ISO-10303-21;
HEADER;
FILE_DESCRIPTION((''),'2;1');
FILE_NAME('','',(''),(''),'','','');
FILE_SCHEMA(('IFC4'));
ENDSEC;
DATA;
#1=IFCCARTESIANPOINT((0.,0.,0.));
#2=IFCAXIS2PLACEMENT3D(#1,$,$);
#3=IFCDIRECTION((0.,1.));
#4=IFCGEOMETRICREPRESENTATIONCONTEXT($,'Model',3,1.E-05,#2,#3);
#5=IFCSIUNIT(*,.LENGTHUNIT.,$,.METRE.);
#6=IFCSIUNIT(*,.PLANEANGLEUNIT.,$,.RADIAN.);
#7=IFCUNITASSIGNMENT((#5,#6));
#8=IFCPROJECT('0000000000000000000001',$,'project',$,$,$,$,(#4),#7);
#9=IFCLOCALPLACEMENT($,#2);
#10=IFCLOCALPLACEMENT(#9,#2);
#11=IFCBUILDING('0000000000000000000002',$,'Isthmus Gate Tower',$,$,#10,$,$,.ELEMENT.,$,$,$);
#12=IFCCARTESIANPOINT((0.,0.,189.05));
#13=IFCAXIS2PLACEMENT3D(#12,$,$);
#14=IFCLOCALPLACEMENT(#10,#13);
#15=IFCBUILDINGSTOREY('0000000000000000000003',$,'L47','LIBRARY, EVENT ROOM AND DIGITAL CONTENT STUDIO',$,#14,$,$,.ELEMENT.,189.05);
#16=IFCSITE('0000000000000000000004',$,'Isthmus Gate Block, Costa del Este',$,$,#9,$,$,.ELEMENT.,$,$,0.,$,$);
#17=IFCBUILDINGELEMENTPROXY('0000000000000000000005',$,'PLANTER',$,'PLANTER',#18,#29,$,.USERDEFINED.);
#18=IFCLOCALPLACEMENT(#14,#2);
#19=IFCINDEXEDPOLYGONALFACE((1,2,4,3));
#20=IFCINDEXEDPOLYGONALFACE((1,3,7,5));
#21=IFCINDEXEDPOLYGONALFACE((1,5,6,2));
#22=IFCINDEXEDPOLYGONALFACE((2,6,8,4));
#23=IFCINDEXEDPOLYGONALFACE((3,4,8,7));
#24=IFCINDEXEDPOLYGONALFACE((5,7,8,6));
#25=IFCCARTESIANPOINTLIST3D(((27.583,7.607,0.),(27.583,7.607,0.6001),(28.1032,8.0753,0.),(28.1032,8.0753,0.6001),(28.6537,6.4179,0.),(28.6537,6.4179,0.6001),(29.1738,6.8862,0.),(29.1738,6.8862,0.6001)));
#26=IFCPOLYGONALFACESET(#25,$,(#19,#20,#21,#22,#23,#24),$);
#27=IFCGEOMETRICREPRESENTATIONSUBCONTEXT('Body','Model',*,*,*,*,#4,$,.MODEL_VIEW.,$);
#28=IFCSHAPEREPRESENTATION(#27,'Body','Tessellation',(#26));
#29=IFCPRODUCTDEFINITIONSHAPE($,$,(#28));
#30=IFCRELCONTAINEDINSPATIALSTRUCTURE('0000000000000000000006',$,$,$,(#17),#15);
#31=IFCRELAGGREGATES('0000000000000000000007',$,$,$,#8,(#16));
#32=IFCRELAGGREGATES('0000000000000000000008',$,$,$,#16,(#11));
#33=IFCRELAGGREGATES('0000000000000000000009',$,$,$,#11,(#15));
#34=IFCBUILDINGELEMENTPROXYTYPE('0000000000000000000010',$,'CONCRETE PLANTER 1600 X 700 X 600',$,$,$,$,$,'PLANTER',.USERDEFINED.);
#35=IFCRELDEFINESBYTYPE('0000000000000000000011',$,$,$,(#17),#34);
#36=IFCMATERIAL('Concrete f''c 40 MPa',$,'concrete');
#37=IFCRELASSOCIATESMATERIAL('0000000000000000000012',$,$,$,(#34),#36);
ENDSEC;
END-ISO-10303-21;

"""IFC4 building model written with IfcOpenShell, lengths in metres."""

from ifc_helpers import new_model, si_unit, direction, frame, origin, origin_2d, place, context, subcontext, project, spatial, rectangle, extrude, material, type_object, element, save


model = new_model("IFC4")

# Units and contexts
model_context = context("Model", 3, precision=1e-05, world=origin(), true_north=direction((0.0, 1.0)))
body_context = subcontext(model_context, "Body", "Model", "MODEL_VIEW")
ifc_project = project(units=[si_unit("LENGTHUNIT", "METRE"), si_unit("PLANEANGLEUNIT", "RADIAN")], contexts=[model_context])

# Site, building, storey
site_placement = place(None, origin())
site = spatial("IfcSite", under=ifc_project, at=site_placement, Name="Isthmus Gate Block, Costa del Este", CompositionType="ELEMENT", RefElevation=0.0)
building_placement = place(site_placement, origin())
building = spatial("IfcBuilding", under=site, at=building_placement, Name="Isthmus Gate Tower", CompositionType="ELEMENT")
storey_placement = place(building_placement, frame((0.0, 0.0, 189.05)))
storey = spatial("IfcBuildingStorey", under=building, at=storey_placement, Name="L47", Description="LIBRARY, EVENT ROOM AND DIGITAL CONTENT STUDIO", CompositionType="ELEMENT", Elevation=189.05)

# Building element proxy
ifc_material_1 = material(Name="Concrete f'c 40 MPa", Category="concrete")
building_element_proxy_type = type_object("IfcBuildingElementProxyType", Name="CONCRETE PLANTER 1600 X 700 X 600", ElementType="PLANTER", PredefinedType="USERDEFINED", material=ifc_material_1)
for number, where, z_axis, x_axis, name in (
    (1, (28.3784, 7.2466, 0.0), (0.0, 0.0, 1.0), (-0.669131, 0.743145, 0.0), "PLANTER"),
):
    element("IfcBuildingElementProxy", number, at=place(storey_placement, frame(where, z_axis=z_axis, x_axis=x_axis)), inside=storey, type_object=building_element_proxy_type, Name=name, ObjectType="PLANTER", PredefinedType="USERDEFINED", context=body_context, shape_type="SweptSolid", body=[
        extrude(rectangle(XDim=1.6001, YDim=0.7, at=origin_2d()), origin(), (0.0, 0.0, 1.0), 0.6001),
    ])

save(model, "model.ifc")
